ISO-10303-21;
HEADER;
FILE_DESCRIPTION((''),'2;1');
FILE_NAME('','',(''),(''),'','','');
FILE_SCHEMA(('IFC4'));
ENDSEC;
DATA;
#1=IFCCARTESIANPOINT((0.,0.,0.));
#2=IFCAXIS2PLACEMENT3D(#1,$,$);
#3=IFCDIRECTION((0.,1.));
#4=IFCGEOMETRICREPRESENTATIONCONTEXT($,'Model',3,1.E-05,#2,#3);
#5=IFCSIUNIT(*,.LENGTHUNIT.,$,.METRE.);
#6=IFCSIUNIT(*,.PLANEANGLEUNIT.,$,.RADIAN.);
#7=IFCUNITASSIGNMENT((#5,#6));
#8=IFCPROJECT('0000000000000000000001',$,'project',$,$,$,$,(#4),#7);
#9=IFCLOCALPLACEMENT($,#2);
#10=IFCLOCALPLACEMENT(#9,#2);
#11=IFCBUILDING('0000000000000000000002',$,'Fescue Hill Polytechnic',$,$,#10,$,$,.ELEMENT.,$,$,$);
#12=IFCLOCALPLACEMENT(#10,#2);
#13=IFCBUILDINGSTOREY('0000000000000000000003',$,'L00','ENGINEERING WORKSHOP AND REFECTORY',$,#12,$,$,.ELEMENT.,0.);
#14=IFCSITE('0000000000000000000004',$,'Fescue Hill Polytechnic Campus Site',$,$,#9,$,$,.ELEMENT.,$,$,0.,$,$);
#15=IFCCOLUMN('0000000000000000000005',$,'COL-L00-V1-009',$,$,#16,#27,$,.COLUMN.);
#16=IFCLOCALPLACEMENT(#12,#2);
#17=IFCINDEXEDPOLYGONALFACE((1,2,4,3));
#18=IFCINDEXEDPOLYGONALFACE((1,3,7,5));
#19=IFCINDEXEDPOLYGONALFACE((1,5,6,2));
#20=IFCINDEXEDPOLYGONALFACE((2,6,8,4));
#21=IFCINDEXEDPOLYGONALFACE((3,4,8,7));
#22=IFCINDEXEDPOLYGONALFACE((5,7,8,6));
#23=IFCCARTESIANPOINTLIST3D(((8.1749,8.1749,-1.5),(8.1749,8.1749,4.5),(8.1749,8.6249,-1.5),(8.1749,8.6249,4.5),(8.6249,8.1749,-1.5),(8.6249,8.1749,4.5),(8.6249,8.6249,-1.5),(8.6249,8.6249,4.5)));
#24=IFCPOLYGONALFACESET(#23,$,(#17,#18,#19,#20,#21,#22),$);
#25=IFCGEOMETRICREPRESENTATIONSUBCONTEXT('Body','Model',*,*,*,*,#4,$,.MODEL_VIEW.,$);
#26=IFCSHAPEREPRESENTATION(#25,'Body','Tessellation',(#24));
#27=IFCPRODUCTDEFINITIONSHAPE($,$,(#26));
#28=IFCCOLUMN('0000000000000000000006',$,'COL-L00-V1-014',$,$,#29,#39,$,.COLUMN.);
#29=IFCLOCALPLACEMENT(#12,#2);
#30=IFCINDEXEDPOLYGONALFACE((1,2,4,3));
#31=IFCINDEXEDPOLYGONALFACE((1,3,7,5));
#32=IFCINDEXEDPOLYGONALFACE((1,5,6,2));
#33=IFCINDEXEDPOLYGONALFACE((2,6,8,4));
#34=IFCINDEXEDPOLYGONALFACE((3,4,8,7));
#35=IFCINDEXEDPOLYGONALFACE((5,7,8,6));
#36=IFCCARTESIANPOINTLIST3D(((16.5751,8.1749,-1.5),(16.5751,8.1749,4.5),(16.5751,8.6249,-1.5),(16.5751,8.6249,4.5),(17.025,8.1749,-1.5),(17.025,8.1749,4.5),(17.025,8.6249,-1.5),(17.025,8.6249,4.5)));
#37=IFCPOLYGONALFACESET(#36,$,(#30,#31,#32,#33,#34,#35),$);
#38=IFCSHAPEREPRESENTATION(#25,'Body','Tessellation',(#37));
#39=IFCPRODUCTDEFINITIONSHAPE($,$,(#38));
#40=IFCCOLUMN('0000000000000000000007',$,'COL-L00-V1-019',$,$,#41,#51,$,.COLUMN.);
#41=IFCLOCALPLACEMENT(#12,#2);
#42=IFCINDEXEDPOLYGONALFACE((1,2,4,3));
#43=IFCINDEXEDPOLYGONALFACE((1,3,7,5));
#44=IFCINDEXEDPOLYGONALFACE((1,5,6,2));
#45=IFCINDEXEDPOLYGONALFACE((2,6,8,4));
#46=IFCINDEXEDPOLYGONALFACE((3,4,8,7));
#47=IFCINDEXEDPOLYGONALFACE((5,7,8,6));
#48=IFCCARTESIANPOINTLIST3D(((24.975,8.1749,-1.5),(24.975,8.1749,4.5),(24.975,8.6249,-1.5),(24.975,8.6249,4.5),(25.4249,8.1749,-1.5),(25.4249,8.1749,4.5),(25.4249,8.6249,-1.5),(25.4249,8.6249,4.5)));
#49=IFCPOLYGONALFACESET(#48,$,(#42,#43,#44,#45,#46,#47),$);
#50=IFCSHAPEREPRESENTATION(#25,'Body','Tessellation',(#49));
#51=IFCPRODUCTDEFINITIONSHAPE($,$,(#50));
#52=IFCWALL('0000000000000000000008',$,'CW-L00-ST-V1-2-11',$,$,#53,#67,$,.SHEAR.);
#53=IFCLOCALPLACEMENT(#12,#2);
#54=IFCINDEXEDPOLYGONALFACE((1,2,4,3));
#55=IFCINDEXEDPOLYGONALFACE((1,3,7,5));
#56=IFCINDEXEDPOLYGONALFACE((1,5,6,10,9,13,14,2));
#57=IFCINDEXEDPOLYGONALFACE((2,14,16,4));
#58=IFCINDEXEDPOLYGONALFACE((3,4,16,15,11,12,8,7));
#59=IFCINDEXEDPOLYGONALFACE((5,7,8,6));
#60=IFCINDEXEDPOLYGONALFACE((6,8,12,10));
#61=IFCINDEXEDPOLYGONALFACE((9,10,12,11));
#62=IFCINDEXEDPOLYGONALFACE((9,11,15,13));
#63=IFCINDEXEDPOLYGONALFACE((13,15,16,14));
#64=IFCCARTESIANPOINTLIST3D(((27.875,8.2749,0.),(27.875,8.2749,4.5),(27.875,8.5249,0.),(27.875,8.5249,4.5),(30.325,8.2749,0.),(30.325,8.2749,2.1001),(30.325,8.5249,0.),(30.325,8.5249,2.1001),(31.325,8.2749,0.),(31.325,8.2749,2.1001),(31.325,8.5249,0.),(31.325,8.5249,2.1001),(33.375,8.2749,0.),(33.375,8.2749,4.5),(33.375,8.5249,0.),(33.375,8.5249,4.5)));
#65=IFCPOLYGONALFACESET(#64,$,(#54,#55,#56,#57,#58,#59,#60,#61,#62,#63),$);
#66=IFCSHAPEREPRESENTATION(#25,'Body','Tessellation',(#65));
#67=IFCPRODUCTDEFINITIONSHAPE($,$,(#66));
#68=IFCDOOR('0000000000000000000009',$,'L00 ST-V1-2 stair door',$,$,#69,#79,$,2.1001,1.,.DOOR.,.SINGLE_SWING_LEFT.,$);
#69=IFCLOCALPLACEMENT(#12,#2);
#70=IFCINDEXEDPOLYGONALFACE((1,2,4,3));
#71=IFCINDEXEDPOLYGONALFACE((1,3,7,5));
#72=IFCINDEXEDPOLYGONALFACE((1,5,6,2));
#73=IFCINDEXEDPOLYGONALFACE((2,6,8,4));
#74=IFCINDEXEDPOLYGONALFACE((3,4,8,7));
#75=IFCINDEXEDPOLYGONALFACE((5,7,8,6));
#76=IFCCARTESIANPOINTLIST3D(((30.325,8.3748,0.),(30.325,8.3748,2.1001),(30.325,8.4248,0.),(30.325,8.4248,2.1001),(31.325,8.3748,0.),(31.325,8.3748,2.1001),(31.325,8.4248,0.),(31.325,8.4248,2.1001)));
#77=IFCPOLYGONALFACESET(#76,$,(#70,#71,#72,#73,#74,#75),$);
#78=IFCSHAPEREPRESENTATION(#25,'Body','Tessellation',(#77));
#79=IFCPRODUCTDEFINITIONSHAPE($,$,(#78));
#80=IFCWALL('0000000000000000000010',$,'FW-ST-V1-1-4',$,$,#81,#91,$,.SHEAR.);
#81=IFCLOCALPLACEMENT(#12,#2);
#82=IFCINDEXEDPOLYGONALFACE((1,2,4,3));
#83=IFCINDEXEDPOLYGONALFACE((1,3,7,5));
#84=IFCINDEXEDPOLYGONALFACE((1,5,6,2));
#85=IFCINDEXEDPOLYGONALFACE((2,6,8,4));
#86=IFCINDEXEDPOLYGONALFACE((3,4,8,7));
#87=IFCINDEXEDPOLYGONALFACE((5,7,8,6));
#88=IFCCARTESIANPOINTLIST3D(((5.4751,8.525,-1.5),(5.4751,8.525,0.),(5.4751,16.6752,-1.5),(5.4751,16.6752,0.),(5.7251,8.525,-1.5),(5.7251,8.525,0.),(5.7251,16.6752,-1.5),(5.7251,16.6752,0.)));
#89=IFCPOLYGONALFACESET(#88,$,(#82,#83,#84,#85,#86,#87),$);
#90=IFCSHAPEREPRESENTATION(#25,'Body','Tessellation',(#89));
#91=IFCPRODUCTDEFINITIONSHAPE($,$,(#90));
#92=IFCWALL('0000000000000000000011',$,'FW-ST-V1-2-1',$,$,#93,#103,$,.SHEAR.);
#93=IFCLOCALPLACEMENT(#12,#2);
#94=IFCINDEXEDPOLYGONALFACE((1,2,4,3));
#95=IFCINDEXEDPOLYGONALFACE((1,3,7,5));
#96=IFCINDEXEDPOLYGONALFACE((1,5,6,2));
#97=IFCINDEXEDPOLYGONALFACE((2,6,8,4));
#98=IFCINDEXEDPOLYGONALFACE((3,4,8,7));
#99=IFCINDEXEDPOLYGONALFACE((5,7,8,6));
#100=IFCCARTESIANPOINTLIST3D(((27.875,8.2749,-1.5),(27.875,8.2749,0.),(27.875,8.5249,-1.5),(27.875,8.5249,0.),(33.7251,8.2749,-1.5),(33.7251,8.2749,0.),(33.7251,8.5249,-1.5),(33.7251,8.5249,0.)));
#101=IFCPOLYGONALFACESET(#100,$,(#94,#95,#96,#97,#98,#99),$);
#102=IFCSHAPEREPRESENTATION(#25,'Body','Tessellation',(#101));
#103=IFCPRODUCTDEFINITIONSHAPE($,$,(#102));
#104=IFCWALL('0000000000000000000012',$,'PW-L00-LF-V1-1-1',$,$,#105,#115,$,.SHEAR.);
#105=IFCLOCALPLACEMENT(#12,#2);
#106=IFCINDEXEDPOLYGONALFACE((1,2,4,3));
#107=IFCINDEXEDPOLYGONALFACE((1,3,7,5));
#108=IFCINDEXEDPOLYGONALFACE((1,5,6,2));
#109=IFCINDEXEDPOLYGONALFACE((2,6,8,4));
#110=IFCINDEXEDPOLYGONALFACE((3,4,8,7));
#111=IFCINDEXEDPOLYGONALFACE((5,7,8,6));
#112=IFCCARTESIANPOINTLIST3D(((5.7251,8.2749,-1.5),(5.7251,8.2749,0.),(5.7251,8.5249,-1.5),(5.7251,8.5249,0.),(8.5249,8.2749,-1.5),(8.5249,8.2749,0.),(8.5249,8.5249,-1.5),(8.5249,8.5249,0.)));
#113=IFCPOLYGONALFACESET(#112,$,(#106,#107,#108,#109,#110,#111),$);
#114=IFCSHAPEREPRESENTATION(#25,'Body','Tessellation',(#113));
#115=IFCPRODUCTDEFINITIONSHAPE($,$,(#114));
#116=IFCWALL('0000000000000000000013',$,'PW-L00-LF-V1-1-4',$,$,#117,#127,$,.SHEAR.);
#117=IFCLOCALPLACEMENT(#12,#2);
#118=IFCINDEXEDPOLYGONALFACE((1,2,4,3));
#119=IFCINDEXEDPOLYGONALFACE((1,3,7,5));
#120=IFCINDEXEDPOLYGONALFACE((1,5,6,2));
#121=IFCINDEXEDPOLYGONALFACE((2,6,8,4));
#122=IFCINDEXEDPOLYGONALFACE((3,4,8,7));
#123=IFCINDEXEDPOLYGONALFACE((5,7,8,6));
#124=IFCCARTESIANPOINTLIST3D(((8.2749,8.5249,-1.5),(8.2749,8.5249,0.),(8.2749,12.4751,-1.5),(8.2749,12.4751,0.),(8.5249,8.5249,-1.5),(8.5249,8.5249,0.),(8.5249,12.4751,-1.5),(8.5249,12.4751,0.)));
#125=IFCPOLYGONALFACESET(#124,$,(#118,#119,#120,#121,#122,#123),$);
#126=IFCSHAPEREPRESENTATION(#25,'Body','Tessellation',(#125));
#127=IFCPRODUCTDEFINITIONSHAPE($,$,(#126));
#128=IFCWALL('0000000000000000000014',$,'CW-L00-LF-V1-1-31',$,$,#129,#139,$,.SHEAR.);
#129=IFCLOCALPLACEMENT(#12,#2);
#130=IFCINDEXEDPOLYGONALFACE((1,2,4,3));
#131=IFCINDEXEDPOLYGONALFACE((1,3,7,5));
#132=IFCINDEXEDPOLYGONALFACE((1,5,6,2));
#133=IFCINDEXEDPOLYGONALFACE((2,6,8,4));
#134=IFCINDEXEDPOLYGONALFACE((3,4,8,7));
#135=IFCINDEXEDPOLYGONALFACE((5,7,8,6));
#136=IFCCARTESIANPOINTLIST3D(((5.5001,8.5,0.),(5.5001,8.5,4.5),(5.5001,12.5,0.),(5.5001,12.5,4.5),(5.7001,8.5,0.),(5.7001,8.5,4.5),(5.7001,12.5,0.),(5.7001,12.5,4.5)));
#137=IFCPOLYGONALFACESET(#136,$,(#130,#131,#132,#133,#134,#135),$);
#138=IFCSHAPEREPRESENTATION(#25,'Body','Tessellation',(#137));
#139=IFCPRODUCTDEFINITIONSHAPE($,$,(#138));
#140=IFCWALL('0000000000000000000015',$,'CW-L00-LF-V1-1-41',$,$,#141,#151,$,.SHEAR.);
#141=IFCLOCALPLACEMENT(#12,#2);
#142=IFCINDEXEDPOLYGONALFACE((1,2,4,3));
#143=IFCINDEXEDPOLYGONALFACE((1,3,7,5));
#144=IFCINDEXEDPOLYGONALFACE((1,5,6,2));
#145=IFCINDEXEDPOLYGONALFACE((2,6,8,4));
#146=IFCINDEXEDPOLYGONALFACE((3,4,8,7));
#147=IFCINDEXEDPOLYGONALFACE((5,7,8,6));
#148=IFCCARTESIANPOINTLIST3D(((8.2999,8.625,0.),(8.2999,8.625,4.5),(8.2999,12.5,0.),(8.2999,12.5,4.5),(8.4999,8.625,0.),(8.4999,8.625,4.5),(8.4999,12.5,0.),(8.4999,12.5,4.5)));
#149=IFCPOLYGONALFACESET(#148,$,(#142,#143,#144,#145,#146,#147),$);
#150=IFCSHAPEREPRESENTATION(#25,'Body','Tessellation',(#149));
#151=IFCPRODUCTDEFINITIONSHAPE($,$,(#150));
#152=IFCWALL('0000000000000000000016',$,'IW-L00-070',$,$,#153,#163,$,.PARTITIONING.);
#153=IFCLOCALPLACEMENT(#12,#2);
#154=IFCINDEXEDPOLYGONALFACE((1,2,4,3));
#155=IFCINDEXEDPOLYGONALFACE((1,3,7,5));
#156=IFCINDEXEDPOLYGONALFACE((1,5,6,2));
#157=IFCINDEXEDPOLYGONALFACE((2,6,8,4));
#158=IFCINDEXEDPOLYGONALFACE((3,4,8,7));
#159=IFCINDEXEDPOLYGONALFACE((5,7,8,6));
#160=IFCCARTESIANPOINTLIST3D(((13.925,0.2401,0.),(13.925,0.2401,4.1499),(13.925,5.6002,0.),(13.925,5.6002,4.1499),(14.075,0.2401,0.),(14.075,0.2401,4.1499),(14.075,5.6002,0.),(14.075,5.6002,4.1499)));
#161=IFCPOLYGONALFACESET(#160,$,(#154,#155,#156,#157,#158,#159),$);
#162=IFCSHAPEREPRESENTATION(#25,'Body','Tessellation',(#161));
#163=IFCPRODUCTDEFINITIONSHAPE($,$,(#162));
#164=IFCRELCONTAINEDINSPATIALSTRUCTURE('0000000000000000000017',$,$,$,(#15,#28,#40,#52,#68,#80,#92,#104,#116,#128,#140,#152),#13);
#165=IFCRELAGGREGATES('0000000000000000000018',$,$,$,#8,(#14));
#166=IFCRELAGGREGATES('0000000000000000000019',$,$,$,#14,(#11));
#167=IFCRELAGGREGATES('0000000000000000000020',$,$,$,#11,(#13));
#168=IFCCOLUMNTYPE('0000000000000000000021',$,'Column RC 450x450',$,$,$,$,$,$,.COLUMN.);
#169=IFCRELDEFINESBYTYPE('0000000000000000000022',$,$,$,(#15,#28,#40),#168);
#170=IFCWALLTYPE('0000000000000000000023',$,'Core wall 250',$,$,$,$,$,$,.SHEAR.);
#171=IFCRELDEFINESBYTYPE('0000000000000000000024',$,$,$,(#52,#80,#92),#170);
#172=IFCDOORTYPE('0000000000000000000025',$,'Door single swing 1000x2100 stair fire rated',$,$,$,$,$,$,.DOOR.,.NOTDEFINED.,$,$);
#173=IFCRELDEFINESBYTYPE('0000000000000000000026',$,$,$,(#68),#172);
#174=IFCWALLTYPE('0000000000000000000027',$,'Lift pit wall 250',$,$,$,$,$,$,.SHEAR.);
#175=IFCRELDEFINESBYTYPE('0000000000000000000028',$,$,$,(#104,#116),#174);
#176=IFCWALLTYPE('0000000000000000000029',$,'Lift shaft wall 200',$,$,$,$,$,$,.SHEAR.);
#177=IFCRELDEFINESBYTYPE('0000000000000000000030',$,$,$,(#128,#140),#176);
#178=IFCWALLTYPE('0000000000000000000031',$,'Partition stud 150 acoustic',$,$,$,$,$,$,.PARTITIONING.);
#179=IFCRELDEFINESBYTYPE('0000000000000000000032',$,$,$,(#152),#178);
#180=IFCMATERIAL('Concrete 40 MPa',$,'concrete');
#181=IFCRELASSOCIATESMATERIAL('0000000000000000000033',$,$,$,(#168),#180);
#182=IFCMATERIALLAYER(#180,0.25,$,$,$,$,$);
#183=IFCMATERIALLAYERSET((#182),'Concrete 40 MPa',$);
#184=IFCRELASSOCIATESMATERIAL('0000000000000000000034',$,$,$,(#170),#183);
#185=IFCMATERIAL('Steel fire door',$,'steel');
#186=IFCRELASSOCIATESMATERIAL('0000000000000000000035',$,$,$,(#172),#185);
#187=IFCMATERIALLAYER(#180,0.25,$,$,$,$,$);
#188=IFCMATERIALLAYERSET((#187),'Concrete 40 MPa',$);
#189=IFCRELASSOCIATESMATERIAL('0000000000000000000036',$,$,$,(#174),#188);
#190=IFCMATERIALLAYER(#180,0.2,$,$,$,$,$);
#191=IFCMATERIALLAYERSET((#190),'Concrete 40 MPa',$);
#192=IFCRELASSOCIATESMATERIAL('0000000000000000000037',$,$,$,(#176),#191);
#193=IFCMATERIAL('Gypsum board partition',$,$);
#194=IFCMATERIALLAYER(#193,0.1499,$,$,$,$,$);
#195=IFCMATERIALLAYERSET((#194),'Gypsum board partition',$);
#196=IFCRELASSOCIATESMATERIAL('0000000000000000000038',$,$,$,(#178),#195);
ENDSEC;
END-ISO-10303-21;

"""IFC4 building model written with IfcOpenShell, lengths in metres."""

from ifc_helpers import new_model, si_unit, direction, frame, frame_2d, origin, origin_2d, place, context, subcontext, project, spatial, rectangle, extrude, material, layer, layer_set, material_profile, profile_set, type_object, element, fill, save


model = new_model("IFC4")

# Units and contexts
model_context = context("Model", 3, precision=1e-05, world=origin(), true_north=direction((0.0, 1.0)))
body_context = subcontext(model_context, "Body", "Model", "MODEL_VIEW")
ifc_project = project(units=[si_unit("LENGTHUNIT", "METRE"), si_unit("PLANEANGLEUNIT", "RADIAN")], contexts=[model_context])

# Site, building, storey
site_placement = place(None, origin())
site = spatial("IfcSite", under=ifc_project, at=site_placement, Name="Fescue Hill Polytechnic Campus Site", CompositionType="ELEMENT", RefElevation=0.0)
building_placement = place(site_placement, origin())
building = spatial("IfcBuilding", under=site, at=building_placement, Name="Fescue Hill Polytechnic", CompositionType="ELEMENT")
storey_placement = place(building_placement, origin())
storey = spatial("IfcBuildingStorey", under=building, at=storey_placement, Name="L00", Description="ENGINEERING WORKSHOP AND REFECTORY", CompositionType="ELEMENT", Elevation=0.0)

# Columns
ifc_material_1 = material(Name="Concrete 40 MPa", Category="concrete")
ifc_material_profile = material_profile(ifc_material_1, rectangle(XDim=0.45, YDim=0.45, at=origin_2d()), Name="RC 450x450")
ifc_profile_set = profile_set([ifc_material_profile], Name="Concrete 40 MPa")
column_type = type_object("IfcColumnType", Name="Column RC 450x450", PredefinedType="COLUMN", material=ifc_profile_set)
for number, where, z_axis, x_axis, name in (
    (1, (8.3999, 8.3999, -1.5), (0.0, 0.0, 1.0), (1.0, 0.0, 0.0), "COL-L00-V1-009"),
    (2, (16.8, 8.3999, -1.5), (0.0, 0.0, 1.0), (1.0, 0.0, 0.0), "COL-L00-V1-014"),
    (3, (25.2, 8.3999, -1.5), (0.0, 0.0, 1.0), (1.0, 0.0, 0.0), "COL-L00-V1-019"),
):
    element("IfcColumn", number, at=place(storey_placement, frame(where, z_axis=z_axis, x_axis=x_axis)), inside=storey, type_object=column_type, Name=name, PredefinedType="COLUMN", context=body_context, shape_type="SweptSolid", body=[
        extrude(rectangle(XDim=0.45, YDim=0.45, at=origin_2d()), origin(), (0.0, 0.0, 1.0), 6.0),
    ])

# Wall, opening, door
ifc_layer_1 = layer(ifc_material_1, 0.25)
ifc_layer_set_1 = layer_set([ifc_layer_1], Name="Concrete 40 MPa")
wall_type_1 = type_object("IfcWallType", Name="Core wall 250", PredefinedType="SHEAR", material=ifc_layer_set_1)
wall_1_placement = place(storey_placement, frame((27.875, 8.3999, 0.0), z_axis=(0.0, 0.0, 1.0), x_axis=(1.0, 0.0, 0.0)))
wall_1 = element("IfcWall", 4, at=wall_1_placement, inside=storey, type_object=wall_type_1, Name="CW-L00-ST-V1-2-11", PredefinedType="SHEAR", context=body_context, shape_type="SweptSolid", body=[
    extrude(rectangle(XDim=5.5, YDim=0.25, at=frame_2d((2.75, 0.0))), origin(), (0.0, 0.0, 1.0), 4.5),
])
opening_1_placement = place(wall_1_placement, frame((2.45, 0.0, 0.0)))
opening_1 = element("IfcOpeningElement", 5, at=opening_1_placement, cuts=wall_1, PredefinedType="OPENING", context=body_context, shape_type="SweptSolid", body=[
    extrude(rectangle(XDim=1.0, YDim=2.1001, at=frame_2d((0.5, 1.05))), frame((0.0, 0.135, 0.0), z_axis=(0.0, -1.0, 0.0), x_axis=(1.0, 0.0, 0.0)), (0.0, 0.0, 1.0), 0.27),
])
ifc_material_2 = material(Name="Steel fire door", Category="steel")
door_type_1 = type_object("IfcDoorType", Name="Door single swing 1000x2100 stair fire rated", OperationType="NOTDEFINED", PredefinedType="DOOR", material=ifc_material_2)
door_1_placement = place(opening_1_placement, origin())
door_1 = element("IfcDoor", 6, at=door_1_placement, inside=storey, type_object=door_type_1, Name="L00 ST-V1-2 stair door", OperationType="SINGLE_SWING_LEFT", OverallHeight=2.1001, OverallWidth=1.0, PredefinedType="DOOR", context=body_context, shape_type="SweptSolid", body=[
    extrude(rectangle(XDim=1.0, YDim=2.1001, at=frame_2d((0.5, 1.05))), frame((0.0, 0.0249, 0.0), z_axis=(0.0, -1.0, 0.0), x_axis=(1.0, 0.0, 0.0)), (0.0, 0.0, 1.0), 0.05),
])
fill(opening_1, door_1)

# Walls
wall_2_placement = place(storey_placement, frame((5.6001, 8.5249, -1.5), z_axis=(0.0, 0.0, 1.0), x_axis=(0.0, 1.0, 0.0)))
element("IfcWall", 7, at=wall_2_placement, inside=storey, type_object=wall_type_1, Name="FW-ST-V1-1-4", PredefinedType="SHEAR", context=body_context, shape_type="SweptSolid", body=[
    extrude(rectangle(XDim=8.1501, YDim=0.25, at=frame_2d((4.0752, 0.0))), origin(), (0.0, 0.0, 1.0), 1.5),
])
wall_3_placement = place(storey_placement, frame((27.875, 8.3999, -1.5), z_axis=(0.0, 0.0, 1.0), x_axis=(1.0, 0.0, 0.0)))
element("IfcWall", 8, at=wall_3_placement, inside=storey, type_object=wall_type_1, Name="FW-ST-V1-2-1", PredefinedType="SHEAR", context=body_context, shape_type="SweptSolid", body=[
    extrude(rectangle(XDim=5.8501, YDim=0.25, at=frame_2d((2.925, 0.0))), origin(), (0.0, 0.0, 1.0), 1.5),
])
ifc_layer_2 = layer(ifc_material_1, 0.25)
ifc_layer_set_2 = layer_set([ifc_layer_2], Name="Concrete 40 MPa")
wall_type_2 = type_object("IfcWallType", Name="Lift pit wall 250", PredefinedType="SHEAR", material=ifc_layer_set_2)
wall_4_placement = place(storey_placement, frame((5.7251, 8.3999, -1.5), z_axis=(0.0, 0.0, 1.0), x_axis=(1.0, 0.0, 0.0)))
element("IfcWall", 9, at=wall_4_placement, inside=storey, type_object=wall_type_2, Name="PW-L00-LF-V1-1-1", PredefinedType="SHEAR", context=body_context, shape_type="SweptSolid", body=[
    extrude(rectangle(XDim=2.7998, YDim=0.25, at=frame_2d((1.3999, 0.0))), origin(), (0.0, 0.0, 1.0), 1.5),
])
wall_5_placement = place(storey_placement, frame((8.3999, 8.5249, -1.5), z_axis=(0.0, 0.0, 1.0), x_axis=(0.0, 1.0, 0.0)))
element("IfcWall", 10, at=wall_5_placement, inside=storey, type_object=wall_type_2, Name="PW-L00-LF-V1-1-4", PredefinedType="SHEAR", context=body_context, shape_type="SweptSolid", body=[
    extrude(rectangle(XDim=3.9502, YDim=0.25, at=frame_2d((1.9751, 0.0))), origin(), (0.0, 0.0, 1.0), 1.5),
])
ifc_layer_3 = layer(ifc_material_1, 0.2)
ifc_layer_set_3 = layer_set([ifc_layer_3], Name="Concrete 40 MPa")
wall_type_3 = type_object("IfcWallType", Name="Lift shaft wall 200", PredefinedType="SHEAR", material=ifc_layer_set_3)
wall_6_placement = place(storey_placement, frame((5.6001, 8.5, 0.0), z_axis=(0.0, 0.0, 1.0), x_axis=(0.0, 1.0, 0.0)))
element("IfcWall", 11, at=wall_6_placement, inside=storey, type_object=wall_type_3, Name="CW-L00-LF-V1-1-31", PredefinedType="SHEAR", context=body_context, shape_type="SweptSolid", body=[
    extrude(rectangle(XDim=4.0, YDim=0.2, at=frame_2d((2.0, 0.0))), origin(), (0.0, 0.0, 1.0), 4.5),
])
wall_7_placement = place(storey_placement, frame((8.3999, 8.625, 0.0), z_axis=(0.0, 0.0, 1.0), x_axis=(0.0, 1.0, 0.0)))
element("IfcWall", 12, at=wall_7_placement, inside=storey, type_object=wall_type_3, Name="CW-L00-LF-V1-1-41", PredefinedType="SHEAR", context=body_context, shape_type="SweptSolid", body=[
    extrude(rectangle(XDim=3.875, YDim=0.2, at=frame_2d((1.9375, 0.0))), origin(), (0.0, 0.0, 1.0), 4.5),
])
ifc_material_3 = material(Name="Gypsum board partition")
ifc_layer_4 = layer(ifc_material_3, 0.1499)
ifc_layer_set_4 = layer_set([ifc_layer_4], Name="Gypsum board partition")
wall_type_4 = type_object("IfcWallType", Name="Partition stud 150 acoustic", PredefinedType="PARTITIONING", material=ifc_layer_set_4)
wall_8_placement = place(storey_placement, frame((14.0, 0.24, 0.0), z_axis=(0.0, 0.0, 1.0), x_axis=(0.0, 1.0, 0.0)))
element("IfcWall", 13, at=wall_8_placement, inside=storey, type_object=wall_type_4, Name="IW-L00-070", PredefinedType="PARTITIONING", context=body_context, shape_type="SweptSolid", body=[
    extrude(rectangle(XDim=5.3601, YDim=0.1499, at=frame_2d((2.6802, 0.0))), origin(), (0.0, 0.0, 1.0), 4.1499),
])

save(model, "model.ifc")
